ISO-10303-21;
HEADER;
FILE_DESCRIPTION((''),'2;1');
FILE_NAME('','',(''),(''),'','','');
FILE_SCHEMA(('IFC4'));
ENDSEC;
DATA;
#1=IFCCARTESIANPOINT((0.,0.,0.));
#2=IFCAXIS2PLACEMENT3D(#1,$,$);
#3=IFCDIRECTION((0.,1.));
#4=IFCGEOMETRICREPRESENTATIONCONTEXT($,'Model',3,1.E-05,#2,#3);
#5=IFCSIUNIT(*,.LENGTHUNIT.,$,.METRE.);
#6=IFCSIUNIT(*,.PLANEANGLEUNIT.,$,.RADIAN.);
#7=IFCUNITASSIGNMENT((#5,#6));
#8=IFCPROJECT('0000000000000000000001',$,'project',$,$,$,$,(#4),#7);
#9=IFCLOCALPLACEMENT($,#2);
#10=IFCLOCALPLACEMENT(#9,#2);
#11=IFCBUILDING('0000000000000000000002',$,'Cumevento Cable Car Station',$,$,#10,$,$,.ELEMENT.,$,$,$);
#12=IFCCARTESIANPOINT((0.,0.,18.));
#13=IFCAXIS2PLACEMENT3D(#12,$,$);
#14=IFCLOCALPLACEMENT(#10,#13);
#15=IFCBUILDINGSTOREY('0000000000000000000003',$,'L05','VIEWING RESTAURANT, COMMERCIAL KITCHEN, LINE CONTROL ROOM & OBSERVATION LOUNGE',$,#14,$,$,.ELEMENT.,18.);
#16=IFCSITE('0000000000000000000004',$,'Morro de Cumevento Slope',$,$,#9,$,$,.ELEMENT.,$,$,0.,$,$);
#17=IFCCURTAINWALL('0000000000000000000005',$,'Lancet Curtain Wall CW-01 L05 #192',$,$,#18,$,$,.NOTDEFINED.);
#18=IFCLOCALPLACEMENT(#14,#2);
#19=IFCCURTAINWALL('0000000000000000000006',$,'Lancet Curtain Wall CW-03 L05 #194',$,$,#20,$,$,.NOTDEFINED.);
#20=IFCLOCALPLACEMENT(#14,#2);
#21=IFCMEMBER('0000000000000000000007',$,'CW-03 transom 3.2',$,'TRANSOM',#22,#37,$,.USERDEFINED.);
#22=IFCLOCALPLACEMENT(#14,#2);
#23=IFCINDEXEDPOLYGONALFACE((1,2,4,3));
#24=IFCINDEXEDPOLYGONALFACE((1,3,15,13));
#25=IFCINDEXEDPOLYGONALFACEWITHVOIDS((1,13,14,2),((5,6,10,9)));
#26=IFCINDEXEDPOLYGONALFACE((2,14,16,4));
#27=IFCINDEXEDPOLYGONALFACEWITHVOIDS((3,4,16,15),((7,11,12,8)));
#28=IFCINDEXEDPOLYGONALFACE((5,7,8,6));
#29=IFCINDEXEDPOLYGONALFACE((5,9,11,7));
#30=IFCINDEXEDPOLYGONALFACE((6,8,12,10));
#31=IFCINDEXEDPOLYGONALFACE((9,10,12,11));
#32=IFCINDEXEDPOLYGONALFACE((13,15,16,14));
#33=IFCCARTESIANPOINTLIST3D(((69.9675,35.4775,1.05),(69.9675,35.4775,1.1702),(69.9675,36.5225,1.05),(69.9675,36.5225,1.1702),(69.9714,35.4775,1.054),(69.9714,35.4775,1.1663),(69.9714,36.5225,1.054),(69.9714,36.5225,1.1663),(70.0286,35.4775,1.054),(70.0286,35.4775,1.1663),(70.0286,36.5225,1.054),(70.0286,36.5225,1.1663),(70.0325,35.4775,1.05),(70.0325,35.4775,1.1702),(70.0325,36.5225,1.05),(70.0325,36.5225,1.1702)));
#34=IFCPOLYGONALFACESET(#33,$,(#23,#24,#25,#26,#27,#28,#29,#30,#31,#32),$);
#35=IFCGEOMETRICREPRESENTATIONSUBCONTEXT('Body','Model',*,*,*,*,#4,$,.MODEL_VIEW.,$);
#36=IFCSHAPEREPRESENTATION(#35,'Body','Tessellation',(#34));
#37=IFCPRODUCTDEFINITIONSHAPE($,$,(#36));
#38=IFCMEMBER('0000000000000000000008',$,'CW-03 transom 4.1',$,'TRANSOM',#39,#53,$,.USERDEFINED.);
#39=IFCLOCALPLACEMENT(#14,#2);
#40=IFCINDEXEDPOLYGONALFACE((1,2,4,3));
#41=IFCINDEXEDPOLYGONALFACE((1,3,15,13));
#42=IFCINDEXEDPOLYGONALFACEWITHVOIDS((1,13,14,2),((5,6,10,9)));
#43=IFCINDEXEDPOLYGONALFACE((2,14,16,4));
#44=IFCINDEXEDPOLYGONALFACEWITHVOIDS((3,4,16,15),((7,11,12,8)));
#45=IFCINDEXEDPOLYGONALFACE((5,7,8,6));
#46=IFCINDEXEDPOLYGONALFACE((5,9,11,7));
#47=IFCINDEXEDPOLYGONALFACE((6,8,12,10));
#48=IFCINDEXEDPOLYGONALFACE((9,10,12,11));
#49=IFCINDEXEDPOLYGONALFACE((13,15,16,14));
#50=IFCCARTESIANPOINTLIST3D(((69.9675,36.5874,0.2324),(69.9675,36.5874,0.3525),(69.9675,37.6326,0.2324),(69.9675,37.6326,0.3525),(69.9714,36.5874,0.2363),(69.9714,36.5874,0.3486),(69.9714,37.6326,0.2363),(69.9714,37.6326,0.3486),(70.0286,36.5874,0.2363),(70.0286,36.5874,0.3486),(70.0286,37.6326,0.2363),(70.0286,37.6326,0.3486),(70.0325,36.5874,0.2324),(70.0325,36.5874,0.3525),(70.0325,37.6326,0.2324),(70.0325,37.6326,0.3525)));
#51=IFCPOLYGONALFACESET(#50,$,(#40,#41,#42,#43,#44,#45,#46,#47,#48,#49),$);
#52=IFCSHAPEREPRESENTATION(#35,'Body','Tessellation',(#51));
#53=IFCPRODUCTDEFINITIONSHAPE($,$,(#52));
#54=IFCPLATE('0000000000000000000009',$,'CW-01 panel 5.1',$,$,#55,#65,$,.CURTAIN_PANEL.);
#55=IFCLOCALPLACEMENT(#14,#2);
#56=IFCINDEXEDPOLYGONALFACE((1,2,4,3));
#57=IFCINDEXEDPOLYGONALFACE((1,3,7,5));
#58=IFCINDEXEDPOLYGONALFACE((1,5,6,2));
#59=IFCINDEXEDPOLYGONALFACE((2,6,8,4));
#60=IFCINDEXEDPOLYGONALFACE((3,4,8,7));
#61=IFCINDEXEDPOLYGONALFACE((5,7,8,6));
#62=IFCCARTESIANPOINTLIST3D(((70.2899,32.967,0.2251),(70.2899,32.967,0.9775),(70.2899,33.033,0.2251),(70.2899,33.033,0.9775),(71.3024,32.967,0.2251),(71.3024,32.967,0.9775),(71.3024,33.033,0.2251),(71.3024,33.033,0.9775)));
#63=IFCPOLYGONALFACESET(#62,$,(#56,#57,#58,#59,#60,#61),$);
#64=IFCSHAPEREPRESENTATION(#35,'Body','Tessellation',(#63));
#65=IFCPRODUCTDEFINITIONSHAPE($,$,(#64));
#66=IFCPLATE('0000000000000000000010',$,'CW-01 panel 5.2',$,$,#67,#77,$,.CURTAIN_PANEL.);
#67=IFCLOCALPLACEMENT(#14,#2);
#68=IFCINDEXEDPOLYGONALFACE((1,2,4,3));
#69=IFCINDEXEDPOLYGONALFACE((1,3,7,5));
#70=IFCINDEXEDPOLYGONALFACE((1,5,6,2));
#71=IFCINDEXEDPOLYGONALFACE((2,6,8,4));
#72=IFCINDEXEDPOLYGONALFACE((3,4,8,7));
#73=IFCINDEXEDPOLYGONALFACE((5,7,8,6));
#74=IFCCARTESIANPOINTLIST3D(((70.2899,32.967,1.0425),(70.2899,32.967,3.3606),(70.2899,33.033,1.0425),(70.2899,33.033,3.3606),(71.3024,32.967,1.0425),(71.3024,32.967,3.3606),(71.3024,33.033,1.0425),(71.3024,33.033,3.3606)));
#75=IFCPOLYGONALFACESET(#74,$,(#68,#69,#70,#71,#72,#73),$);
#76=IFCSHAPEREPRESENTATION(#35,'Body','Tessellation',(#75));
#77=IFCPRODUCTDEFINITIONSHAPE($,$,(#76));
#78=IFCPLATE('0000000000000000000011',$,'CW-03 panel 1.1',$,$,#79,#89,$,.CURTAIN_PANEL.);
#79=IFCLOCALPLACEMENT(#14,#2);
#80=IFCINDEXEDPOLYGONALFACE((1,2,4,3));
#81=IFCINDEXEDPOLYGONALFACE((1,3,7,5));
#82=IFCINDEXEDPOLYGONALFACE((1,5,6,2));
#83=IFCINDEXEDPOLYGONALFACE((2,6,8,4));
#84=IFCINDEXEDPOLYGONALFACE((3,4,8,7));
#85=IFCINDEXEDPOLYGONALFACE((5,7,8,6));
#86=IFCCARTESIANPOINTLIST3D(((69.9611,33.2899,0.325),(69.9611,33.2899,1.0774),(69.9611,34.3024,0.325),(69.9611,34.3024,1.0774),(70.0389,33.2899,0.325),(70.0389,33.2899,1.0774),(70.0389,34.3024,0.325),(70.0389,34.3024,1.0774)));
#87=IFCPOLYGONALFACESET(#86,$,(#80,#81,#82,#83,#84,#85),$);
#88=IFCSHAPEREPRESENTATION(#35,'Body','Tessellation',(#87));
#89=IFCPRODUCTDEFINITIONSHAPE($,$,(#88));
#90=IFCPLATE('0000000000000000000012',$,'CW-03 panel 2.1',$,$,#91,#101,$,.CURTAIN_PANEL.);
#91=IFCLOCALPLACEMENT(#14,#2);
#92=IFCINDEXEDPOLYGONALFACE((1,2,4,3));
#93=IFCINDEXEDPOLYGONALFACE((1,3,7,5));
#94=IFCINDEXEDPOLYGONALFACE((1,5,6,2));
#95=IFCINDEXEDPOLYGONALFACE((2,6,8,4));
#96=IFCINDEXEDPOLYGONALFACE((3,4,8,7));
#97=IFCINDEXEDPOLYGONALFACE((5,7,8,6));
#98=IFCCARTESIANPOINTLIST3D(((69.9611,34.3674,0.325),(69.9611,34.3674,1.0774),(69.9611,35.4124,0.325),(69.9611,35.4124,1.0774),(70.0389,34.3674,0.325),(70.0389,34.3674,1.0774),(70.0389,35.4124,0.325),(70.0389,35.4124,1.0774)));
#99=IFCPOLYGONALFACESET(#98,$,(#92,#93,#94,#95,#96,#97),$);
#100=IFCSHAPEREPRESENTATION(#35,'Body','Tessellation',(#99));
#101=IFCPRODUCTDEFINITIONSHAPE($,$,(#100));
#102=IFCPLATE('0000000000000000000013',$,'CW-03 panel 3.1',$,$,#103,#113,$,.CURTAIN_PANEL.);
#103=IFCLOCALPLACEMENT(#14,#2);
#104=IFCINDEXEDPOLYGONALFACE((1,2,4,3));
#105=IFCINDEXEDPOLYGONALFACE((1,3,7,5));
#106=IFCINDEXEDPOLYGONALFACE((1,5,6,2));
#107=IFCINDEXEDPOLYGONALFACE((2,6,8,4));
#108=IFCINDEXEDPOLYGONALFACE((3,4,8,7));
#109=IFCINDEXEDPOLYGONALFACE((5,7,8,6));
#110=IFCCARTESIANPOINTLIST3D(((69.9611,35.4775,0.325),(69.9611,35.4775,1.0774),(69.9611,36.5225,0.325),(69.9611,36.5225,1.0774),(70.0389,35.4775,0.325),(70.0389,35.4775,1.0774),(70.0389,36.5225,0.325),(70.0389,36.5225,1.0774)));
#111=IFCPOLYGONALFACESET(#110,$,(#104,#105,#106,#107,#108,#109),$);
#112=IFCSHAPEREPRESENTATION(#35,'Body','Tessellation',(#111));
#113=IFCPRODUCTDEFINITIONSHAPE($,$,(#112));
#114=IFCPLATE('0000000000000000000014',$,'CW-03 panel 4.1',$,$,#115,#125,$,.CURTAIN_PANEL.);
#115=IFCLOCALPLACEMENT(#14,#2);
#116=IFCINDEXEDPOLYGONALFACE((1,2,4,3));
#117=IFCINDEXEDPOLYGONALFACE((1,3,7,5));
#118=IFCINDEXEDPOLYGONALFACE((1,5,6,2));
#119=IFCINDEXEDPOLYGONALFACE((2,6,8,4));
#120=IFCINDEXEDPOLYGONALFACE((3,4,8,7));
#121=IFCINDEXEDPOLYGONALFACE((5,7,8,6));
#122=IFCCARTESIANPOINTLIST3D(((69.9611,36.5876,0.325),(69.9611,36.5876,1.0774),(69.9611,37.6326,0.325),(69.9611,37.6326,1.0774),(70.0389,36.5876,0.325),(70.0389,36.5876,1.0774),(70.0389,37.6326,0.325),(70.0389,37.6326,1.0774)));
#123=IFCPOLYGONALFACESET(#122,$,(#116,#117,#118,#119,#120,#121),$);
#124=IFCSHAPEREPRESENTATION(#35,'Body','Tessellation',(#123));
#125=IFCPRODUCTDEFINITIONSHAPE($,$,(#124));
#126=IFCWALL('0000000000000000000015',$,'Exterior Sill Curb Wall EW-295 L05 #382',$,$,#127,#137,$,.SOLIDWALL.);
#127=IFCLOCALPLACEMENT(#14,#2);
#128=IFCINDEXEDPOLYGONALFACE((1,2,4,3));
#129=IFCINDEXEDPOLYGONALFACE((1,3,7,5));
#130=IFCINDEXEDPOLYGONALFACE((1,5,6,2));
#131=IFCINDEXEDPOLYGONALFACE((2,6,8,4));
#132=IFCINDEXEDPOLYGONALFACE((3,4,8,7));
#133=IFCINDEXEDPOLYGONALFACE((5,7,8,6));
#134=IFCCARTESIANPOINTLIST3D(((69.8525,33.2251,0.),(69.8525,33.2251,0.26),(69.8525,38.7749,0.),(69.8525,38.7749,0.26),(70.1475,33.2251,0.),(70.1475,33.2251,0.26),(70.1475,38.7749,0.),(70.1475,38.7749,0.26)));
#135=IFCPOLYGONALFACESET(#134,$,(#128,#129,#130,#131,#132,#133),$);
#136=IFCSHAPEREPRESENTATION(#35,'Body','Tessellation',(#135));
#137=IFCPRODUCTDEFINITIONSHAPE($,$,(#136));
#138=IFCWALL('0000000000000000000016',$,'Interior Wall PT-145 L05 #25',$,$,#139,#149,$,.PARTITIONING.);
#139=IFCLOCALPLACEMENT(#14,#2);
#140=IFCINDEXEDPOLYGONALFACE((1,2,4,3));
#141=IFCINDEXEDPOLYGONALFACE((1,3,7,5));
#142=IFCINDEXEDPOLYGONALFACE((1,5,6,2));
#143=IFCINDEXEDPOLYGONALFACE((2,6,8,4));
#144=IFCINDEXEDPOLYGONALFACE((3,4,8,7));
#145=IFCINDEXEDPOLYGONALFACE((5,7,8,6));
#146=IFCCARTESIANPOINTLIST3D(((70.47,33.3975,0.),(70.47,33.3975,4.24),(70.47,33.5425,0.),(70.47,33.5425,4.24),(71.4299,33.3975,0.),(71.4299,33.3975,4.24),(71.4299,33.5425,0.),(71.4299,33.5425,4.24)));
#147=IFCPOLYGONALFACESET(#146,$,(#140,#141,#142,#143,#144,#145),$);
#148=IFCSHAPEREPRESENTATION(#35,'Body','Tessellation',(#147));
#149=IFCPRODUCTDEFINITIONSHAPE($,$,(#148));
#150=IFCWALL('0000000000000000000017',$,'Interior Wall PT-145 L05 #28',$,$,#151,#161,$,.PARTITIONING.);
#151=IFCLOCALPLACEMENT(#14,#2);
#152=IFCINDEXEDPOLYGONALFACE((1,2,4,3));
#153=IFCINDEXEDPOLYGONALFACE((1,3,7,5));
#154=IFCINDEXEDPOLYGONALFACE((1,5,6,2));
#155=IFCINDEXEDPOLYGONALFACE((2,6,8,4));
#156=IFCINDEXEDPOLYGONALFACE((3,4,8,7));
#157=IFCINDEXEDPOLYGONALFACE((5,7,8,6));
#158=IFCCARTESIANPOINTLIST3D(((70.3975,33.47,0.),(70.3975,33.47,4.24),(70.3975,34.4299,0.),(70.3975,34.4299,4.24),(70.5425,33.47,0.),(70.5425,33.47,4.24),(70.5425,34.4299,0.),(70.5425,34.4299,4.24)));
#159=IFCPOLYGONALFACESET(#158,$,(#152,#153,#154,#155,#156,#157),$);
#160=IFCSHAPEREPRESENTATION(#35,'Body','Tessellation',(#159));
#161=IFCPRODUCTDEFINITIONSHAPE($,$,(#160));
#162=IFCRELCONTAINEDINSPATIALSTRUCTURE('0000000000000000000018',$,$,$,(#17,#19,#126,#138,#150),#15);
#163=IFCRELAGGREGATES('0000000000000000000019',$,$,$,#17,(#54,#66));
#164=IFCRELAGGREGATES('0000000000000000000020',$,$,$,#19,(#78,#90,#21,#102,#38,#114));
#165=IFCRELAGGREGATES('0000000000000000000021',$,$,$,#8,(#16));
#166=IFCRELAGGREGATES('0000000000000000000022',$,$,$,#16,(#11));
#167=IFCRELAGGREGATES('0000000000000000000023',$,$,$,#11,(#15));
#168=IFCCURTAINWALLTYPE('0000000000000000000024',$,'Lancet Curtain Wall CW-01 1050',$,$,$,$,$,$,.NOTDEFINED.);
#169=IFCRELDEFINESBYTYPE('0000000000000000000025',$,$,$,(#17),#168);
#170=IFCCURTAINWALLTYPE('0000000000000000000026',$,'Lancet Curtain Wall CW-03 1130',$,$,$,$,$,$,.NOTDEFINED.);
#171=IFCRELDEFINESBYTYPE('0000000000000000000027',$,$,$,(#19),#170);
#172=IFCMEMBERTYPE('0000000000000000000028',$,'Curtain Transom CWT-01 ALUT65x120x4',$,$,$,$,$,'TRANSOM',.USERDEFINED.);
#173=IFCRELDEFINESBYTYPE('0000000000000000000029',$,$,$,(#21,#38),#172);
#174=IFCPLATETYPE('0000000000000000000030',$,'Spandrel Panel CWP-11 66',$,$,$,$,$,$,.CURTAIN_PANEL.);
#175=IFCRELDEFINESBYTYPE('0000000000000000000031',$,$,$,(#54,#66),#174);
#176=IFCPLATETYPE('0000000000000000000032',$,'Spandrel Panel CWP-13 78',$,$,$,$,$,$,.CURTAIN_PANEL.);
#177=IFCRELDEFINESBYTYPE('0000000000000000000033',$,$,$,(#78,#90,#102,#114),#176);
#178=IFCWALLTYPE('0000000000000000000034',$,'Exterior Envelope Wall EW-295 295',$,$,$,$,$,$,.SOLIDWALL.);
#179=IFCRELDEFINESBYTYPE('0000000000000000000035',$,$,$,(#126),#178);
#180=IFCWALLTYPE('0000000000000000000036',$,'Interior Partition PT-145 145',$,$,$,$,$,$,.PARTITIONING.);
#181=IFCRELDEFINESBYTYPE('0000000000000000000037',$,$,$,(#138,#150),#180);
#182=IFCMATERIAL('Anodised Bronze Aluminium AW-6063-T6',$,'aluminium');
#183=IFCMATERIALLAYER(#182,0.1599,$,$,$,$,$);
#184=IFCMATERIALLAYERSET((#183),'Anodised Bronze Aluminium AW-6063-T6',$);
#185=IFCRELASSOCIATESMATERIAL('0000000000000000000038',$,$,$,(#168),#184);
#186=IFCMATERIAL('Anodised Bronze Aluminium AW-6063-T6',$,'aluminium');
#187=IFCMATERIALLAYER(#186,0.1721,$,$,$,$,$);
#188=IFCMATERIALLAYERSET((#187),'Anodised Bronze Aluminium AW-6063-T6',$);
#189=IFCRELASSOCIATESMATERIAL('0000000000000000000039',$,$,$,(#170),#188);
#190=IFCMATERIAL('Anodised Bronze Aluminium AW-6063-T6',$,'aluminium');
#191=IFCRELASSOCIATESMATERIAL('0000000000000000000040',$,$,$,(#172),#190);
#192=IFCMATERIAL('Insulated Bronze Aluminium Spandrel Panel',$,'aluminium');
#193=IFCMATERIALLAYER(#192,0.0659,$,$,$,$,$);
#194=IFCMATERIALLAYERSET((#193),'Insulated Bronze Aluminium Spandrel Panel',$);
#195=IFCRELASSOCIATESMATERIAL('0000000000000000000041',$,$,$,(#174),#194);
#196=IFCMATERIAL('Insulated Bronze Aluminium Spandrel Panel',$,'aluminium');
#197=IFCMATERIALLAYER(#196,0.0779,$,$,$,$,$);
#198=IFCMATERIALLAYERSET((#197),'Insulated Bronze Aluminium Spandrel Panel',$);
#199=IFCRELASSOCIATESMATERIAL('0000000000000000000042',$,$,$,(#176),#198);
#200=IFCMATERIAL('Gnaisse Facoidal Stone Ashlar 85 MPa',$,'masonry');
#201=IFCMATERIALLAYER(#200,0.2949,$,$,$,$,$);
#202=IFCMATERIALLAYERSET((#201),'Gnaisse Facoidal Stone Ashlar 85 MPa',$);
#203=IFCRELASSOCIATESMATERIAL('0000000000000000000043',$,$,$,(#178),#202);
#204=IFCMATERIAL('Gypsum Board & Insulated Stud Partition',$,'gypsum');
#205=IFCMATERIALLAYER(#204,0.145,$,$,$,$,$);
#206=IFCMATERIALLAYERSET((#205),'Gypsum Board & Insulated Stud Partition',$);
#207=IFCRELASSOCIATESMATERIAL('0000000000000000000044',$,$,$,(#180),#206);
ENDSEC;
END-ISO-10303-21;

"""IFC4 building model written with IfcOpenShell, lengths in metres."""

from ifc_helpers import new_model, si_unit, direction, frame, frame_2d, origin, origin_2d, place, context, subcontext, project, spatial, rectangle, hollow_rectangle, extrude, material, layer, layer_set, material_profile, profile_set, type_object, element, aggregate, save


model = new_model("IFC4")

# Units and contexts
model_context = context("Model", 3, precision=1e-05, world=origin(), true_north=direction((0.0, 1.0)))
body_context = subcontext(model_context, "Body", "Model", "MODEL_VIEW")
ifc_project = project(units=[si_unit("LENGTHUNIT", "METRE"), si_unit("PLANEANGLEUNIT", "RADIAN")], contexts=[model_context])

# Site, building, storey
site_placement = place(None, origin())
site = spatial("IfcSite", under=ifc_project, at=site_placement, Name="Morro de Cumevento Slope", CompositionType="ELEMENT", RefElevation=0.0)
building_placement = place(site_placement, origin())
building = spatial("IfcBuilding", under=site, at=building_placement, Name="Cumevento Cable Car Station", CompositionType="ELEMENT")
storey_placement = place(building_placement, frame((0.0, 0.0, 18.0)))
storey = spatial("IfcBuildingStorey", under=building, at=storey_placement, Name="L05", Description="VIEWING RESTAURANT, COMMERCIAL KITCHEN, LINE CONTROL ROOM & OBSERVATION LOUNGE", CompositionType="ELEMENT", Elevation=18.0)

# Curtain wall
ifc_material_1 = material(Name="Anodised Bronze Aluminium AW-6063-T6", Category="aluminium")
ifc_layer_1 = layer(ifc_material_1, 0.1599)
ifc_layer_set_1 = layer_set([ifc_layer_1], Name="Anodised Bronze Aluminium AW-6063-T6")
curtain_wall_type_1 = type_object("IfcCurtainWallType", Name="Lancet Curtain Wall CW-01 1050", PredefinedType="NOTDEFINED", material=ifc_layer_set_1)
curtain_wall_1_placement = place(storey_placement, origin())
curtain_wall_1 = element("IfcCurtainWall", 1, at=curtain_wall_1_placement, inside=storey, type_object=curtain_wall_type_1, Name="Lancet Curtain Wall CW-01 L05 #192", PredefinedType="NOTDEFINED")

# Curtain wall, members
ifc_material_2 = material(Name="Anodised Bronze Aluminium AW-6063-T6", Category="aluminium")
ifc_layer_2 = layer(ifc_material_2, 0.1721)
ifc_layer_set_2 = layer_set([ifc_layer_2], Name="Anodised Bronze Aluminium AW-6063-T6")
curtain_wall_type_2 = type_object("IfcCurtainWallType", Name="Lancet Curtain Wall CW-03 1130", PredefinedType="NOTDEFINED", material=ifc_layer_set_2)
curtain_wall_2_placement = place(storey_placement, origin())
curtain_wall_2 = element("IfcCurtainWall", 2, at=curtain_wall_2_placement, inside=storey, type_object=curtain_wall_type_2, Name="Lancet Curtain Wall CW-03 L05 #194", PredefinedType="NOTDEFINED")
ifc_material_3 = material(Name="Anodised Bronze Aluminium AW-6063-T6", Category="aluminium")
ifc_material_profile_1 = material_profile(ifc_material_3, hollow_rectangle(XDim=0.0649, YDim=0.1201, WallThickness=0.0039, at=origin_2d()), Name="ALUT65x120x4")
ifc_profile_set_1 = profile_set([ifc_material_profile_1], Name="Anodised Bronze Aluminium AW-6063-T6")
member_type_1 = type_object("IfcMemberType", Name="Curtain Transom CWT-01 ALUT65x120x4", ElementType="TRANSOM", PredefinedType="USERDEFINED", material=ifc_profile_set_1)
member_1_placement = place(storey_placement, frame((70.0, 35.4775, 1.1101), z_axis=(0.0, 1.0, 0.0), x_axis=(-1.0, 0.0, 0.0)))
member_1 = element("IfcMember", 3, at=member_1_placement, type_object=member_type_1, Name="CW-03 transom 3.2", ObjectType="TRANSOM", PredefinedType="USERDEFINED", context=body_context, shape_type="SweptSolid", body=[
    extrude(hollow_rectangle(XDim=0.0649, YDim=0.1201, WallThickness=0.0039, at=origin_2d()), origin(), (0.0, 0.0, 1.0), 1.0449),
])
member_2_placement = place(storey_placement, frame((70.0, 36.5874, 0.2925), z_axis=(0.0, 1.0, 0.0), x_axis=(-1.0, 0.0, 0.0)))
member_2 = element("IfcMember", 4, at=member_2_placement, type_object=member_type_1, Name="CW-03 transom 4.1", ObjectType="TRANSOM", PredefinedType="USERDEFINED", context=body_context, shape_type="SweptSolid", body=[
    extrude(hollow_rectangle(XDim=0.0649, YDim=0.1201, WallThickness=0.0039, at=origin_2d()), origin(), (0.0, 0.0, 1.0), 1.0452),
])

# Plates
ifc_material_4 = material(Name="Insulated Bronze Aluminium Spandrel Panel", Category="aluminium")
ifc_layer_3 = layer(ifc_material_4, 0.0659)
ifc_layer_set_3 = layer_set([ifc_layer_3], Name="Insulated Bronze Aluminium Spandrel Panel")
plate_type_1 = type_object("IfcPlateType", Name="Spandrel Panel CWP-11 66", PredefinedType="CURTAIN_PANEL", material=ifc_layer_set_3)
plate_1_placement = place(storey_placement, frame((70.7961, 33.0, 0.2251), z_axis=(0.0, 0.0, 1.0), x_axis=(-1.0, 0.0, 0.0)))
plate_1 = element("IfcPlate", 5, at=plate_1_placement, type_object=plate_type_1, Name="CW-01 panel 5.1", PredefinedType="CURTAIN_PANEL", context=body_context, shape_type="SweptSolid", body=[
    extrude(rectangle(XDim=1.0125, YDim=0.0659, at=origin_2d()), origin(), (0.0, 0.0, 1.0), 0.7524),
])
plate_2_placement = place(storey_placement, frame((70.7961, 33.0, 1.0425), z_axis=(0.0, 0.0, 1.0), x_axis=(-1.0, 0.0, 0.0)))
plate_2 = element("IfcPlate", 6, at=plate_2_placement, type_object=plate_type_1, Name="CW-01 panel 5.2", PredefinedType="CURTAIN_PANEL", context=body_context, shape_type="SweptSolid", body=[
    extrude(rectangle(XDim=1.0125, YDim=0.0659, at=origin_2d()), origin(), (0.0, 0.0, 1.0), 2.3181),
])
aggregate(curtain_wall_1, [plate_1, plate_2])
ifc_material_5 = material(Name="Insulated Bronze Aluminium Spandrel Panel", Category="aluminium")
ifc_layer_4 = layer(ifc_material_5, 0.0779)
ifc_layer_set_4 = layer_set([ifc_layer_4], Name="Insulated Bronze Aluminium Spandrel Panel")
plate_type_2 = type_object("IfcPlateType", Name="Spandrel Panel CWP-13 78", PredefinedType="CURTAIN_PANEL", material=ifc_layer_set_4)
plate_3_placement = place(storey_placement, frame((70.0, 33.7961, 0.325), z_axis=(0.0, 0.0, 1.0), x_axis=(0.0, 1.0, 0.0)))
plate_3 = element("IfcPlate", 7, at=plate_3_placement, type_object=plate_type_2, Name="CW-03 panel 1.1", PredefinedType="CURTAIN_PANEL", context=body_context, shape_type="SweptSolid", body=[
    extrude(rectangle(XDim=1.0125, YDim=0.0779, at=origin_2d()), origin(), (0.0, 0.0, 1.0), 0.7524),
])
plate_4_placement = place(storey_placement, frame((70.0, 34.8899, 0.325), z_axis=(0.0, 0.0, 1.0), x_axis=(0.0, 1.0, 0.0)))
plate_4 = element("IfcPlate", 8, at=plate_4_placement, type_object=plate_type_2, Name="CW-03 panel 2.1", PredefinedType="CURTAIN_PANEL", context=body_context, shape_type="SweptSolid", body=[
    extrude(rectangle(XDim=1.0449, YDim=0.0779, at=origin_2d()), origin(), (0.0, 0.0, 1.0), 0.7524),
])
plate_5_placement = place(storey_placement, frame((70.0, 36.0, 0.325), z_axis=(0.0, 0.0, 1.0), x_axis=(0.0, 1.0, 0.0)))
plate_5 = element("IfcPlate", 9, at=plate_5_placement, type_object=plate_type_2, Name="CW-03 panel 3.1", PredefinedType="CURTAIN_PANEL", context=body_context, shape_type="SweptSolid", body=[
    extrude(rectangle(XDim=1.0449, YDim=0.0779, at=origin_2d()), origin(), (0.0, 0.0, 1.0), 0.7524),
])
plate_6_placement = place(storey_placement, frame((70.0, 37.1101, 0.325), z_axis=(0.0, 0.0, 1.0), x_axis=(0.0, 1.0, 0.0)))
plate_6 = element("IfcPlate", 10, at=plate_6_placement, type_object=plate_type_2, Name="CW-03 panel 4.1", PredefinedType="CURTAIN_PANEL", context=body_context, shape_type="SweptSolid", body=[
    extrude(rectangle(XDim=1.0449, YDim=0.0779, at=origin_2d()), origin(), (0.0, 0.0, 1.0), 0.7524),
])
aggregate(curtain_wall_2, [plate_3, plate_4, member_1, plate_5, member_2, plate_6])

# Walls
ifc_material_6 = material(Name="Gnaisse Facoidal Stone Ashlar 85 MPa", Category="masonry")
ifc_layer_5 = layer(ifc_material_6, 0.2949)
ifc_layer_set_5 = layer_set([ifc_layer_5], Name="Gnaisse Facoidal Stone Ashlar 85 MPa")
wall_type_1 = type_object("IfcWallType", Name="Exterior Envelope Wall EW-295 295", PredefinedType="SOLIDWALL", material=ifc_layer_set_5)
wall_placement = place(storey_placement, frame((70.0, 33.2251, 0.0), z_axis=(0.0, 0.0, 1.0), x_axis=(0.0, 1.0, 0.0)))
element("IfcWall", 11, at=wall_placement, inside=storey, type_object=wall_type_1, Name="Exterior Sill Curb Wall EW-295 L05 #382", PredefinedType="SOLIDWALL", context=body_context, shape_type="SweptSolid", body=[
    extrude(rectangle(XDim=5.5498, YDim=0.2949, at=frame_2d((2.7749, 0.0))), origin(), (0.0, 0.0, 1.0), 0.26),
])
ifc_material_7 = material(Name="Gypsum Board & Insulated Stud Partition", Category="gypsum")
ifc_layer_6 = layer(ifc_material_7, 0.145)
ifc_layer_set_6 = layer_set([ifc_layer_6], Name="Gypsum Board & Insulated Stud Partition")
wall_type_2 = type_object("IfcWallType", Name="Interior Partition PT-145 145", PredefinedType="PARTITIONING", material=ifc_layer_set_6)
for number, where, z_axis, x_axis, name in (
    (12, (70.47, 33.47, 0.0), (0.0, 0.0, 1.0), (1.0, 0.0, 0.0), "Interior Wall PT-145 L05 #25"),
    (13, (70.47, 34.4299, 0.0), (0.0, 0.0, 1.0), (0.0, -1.0, 0.0), "Interior Wall PT-145 L05 #28"),
):
    element("IfcWall", number, at=place(storey_placement, frame(where, z_axis=z_axis, x_axis=x_axis)), inside=storey, type_object=wall_type_2, Name=name, PredefinedType="PARTITIONING", context=body_context, shape_type="SweptSolid", body=[
        extrude(rectangle(XDim=0.96, YDim=0.145, at=frame_2d((0.48, 0.0))), origin(), (0.0, 0.0, 1.0), 4.24),
    ])

save(model, "model.ifc")
